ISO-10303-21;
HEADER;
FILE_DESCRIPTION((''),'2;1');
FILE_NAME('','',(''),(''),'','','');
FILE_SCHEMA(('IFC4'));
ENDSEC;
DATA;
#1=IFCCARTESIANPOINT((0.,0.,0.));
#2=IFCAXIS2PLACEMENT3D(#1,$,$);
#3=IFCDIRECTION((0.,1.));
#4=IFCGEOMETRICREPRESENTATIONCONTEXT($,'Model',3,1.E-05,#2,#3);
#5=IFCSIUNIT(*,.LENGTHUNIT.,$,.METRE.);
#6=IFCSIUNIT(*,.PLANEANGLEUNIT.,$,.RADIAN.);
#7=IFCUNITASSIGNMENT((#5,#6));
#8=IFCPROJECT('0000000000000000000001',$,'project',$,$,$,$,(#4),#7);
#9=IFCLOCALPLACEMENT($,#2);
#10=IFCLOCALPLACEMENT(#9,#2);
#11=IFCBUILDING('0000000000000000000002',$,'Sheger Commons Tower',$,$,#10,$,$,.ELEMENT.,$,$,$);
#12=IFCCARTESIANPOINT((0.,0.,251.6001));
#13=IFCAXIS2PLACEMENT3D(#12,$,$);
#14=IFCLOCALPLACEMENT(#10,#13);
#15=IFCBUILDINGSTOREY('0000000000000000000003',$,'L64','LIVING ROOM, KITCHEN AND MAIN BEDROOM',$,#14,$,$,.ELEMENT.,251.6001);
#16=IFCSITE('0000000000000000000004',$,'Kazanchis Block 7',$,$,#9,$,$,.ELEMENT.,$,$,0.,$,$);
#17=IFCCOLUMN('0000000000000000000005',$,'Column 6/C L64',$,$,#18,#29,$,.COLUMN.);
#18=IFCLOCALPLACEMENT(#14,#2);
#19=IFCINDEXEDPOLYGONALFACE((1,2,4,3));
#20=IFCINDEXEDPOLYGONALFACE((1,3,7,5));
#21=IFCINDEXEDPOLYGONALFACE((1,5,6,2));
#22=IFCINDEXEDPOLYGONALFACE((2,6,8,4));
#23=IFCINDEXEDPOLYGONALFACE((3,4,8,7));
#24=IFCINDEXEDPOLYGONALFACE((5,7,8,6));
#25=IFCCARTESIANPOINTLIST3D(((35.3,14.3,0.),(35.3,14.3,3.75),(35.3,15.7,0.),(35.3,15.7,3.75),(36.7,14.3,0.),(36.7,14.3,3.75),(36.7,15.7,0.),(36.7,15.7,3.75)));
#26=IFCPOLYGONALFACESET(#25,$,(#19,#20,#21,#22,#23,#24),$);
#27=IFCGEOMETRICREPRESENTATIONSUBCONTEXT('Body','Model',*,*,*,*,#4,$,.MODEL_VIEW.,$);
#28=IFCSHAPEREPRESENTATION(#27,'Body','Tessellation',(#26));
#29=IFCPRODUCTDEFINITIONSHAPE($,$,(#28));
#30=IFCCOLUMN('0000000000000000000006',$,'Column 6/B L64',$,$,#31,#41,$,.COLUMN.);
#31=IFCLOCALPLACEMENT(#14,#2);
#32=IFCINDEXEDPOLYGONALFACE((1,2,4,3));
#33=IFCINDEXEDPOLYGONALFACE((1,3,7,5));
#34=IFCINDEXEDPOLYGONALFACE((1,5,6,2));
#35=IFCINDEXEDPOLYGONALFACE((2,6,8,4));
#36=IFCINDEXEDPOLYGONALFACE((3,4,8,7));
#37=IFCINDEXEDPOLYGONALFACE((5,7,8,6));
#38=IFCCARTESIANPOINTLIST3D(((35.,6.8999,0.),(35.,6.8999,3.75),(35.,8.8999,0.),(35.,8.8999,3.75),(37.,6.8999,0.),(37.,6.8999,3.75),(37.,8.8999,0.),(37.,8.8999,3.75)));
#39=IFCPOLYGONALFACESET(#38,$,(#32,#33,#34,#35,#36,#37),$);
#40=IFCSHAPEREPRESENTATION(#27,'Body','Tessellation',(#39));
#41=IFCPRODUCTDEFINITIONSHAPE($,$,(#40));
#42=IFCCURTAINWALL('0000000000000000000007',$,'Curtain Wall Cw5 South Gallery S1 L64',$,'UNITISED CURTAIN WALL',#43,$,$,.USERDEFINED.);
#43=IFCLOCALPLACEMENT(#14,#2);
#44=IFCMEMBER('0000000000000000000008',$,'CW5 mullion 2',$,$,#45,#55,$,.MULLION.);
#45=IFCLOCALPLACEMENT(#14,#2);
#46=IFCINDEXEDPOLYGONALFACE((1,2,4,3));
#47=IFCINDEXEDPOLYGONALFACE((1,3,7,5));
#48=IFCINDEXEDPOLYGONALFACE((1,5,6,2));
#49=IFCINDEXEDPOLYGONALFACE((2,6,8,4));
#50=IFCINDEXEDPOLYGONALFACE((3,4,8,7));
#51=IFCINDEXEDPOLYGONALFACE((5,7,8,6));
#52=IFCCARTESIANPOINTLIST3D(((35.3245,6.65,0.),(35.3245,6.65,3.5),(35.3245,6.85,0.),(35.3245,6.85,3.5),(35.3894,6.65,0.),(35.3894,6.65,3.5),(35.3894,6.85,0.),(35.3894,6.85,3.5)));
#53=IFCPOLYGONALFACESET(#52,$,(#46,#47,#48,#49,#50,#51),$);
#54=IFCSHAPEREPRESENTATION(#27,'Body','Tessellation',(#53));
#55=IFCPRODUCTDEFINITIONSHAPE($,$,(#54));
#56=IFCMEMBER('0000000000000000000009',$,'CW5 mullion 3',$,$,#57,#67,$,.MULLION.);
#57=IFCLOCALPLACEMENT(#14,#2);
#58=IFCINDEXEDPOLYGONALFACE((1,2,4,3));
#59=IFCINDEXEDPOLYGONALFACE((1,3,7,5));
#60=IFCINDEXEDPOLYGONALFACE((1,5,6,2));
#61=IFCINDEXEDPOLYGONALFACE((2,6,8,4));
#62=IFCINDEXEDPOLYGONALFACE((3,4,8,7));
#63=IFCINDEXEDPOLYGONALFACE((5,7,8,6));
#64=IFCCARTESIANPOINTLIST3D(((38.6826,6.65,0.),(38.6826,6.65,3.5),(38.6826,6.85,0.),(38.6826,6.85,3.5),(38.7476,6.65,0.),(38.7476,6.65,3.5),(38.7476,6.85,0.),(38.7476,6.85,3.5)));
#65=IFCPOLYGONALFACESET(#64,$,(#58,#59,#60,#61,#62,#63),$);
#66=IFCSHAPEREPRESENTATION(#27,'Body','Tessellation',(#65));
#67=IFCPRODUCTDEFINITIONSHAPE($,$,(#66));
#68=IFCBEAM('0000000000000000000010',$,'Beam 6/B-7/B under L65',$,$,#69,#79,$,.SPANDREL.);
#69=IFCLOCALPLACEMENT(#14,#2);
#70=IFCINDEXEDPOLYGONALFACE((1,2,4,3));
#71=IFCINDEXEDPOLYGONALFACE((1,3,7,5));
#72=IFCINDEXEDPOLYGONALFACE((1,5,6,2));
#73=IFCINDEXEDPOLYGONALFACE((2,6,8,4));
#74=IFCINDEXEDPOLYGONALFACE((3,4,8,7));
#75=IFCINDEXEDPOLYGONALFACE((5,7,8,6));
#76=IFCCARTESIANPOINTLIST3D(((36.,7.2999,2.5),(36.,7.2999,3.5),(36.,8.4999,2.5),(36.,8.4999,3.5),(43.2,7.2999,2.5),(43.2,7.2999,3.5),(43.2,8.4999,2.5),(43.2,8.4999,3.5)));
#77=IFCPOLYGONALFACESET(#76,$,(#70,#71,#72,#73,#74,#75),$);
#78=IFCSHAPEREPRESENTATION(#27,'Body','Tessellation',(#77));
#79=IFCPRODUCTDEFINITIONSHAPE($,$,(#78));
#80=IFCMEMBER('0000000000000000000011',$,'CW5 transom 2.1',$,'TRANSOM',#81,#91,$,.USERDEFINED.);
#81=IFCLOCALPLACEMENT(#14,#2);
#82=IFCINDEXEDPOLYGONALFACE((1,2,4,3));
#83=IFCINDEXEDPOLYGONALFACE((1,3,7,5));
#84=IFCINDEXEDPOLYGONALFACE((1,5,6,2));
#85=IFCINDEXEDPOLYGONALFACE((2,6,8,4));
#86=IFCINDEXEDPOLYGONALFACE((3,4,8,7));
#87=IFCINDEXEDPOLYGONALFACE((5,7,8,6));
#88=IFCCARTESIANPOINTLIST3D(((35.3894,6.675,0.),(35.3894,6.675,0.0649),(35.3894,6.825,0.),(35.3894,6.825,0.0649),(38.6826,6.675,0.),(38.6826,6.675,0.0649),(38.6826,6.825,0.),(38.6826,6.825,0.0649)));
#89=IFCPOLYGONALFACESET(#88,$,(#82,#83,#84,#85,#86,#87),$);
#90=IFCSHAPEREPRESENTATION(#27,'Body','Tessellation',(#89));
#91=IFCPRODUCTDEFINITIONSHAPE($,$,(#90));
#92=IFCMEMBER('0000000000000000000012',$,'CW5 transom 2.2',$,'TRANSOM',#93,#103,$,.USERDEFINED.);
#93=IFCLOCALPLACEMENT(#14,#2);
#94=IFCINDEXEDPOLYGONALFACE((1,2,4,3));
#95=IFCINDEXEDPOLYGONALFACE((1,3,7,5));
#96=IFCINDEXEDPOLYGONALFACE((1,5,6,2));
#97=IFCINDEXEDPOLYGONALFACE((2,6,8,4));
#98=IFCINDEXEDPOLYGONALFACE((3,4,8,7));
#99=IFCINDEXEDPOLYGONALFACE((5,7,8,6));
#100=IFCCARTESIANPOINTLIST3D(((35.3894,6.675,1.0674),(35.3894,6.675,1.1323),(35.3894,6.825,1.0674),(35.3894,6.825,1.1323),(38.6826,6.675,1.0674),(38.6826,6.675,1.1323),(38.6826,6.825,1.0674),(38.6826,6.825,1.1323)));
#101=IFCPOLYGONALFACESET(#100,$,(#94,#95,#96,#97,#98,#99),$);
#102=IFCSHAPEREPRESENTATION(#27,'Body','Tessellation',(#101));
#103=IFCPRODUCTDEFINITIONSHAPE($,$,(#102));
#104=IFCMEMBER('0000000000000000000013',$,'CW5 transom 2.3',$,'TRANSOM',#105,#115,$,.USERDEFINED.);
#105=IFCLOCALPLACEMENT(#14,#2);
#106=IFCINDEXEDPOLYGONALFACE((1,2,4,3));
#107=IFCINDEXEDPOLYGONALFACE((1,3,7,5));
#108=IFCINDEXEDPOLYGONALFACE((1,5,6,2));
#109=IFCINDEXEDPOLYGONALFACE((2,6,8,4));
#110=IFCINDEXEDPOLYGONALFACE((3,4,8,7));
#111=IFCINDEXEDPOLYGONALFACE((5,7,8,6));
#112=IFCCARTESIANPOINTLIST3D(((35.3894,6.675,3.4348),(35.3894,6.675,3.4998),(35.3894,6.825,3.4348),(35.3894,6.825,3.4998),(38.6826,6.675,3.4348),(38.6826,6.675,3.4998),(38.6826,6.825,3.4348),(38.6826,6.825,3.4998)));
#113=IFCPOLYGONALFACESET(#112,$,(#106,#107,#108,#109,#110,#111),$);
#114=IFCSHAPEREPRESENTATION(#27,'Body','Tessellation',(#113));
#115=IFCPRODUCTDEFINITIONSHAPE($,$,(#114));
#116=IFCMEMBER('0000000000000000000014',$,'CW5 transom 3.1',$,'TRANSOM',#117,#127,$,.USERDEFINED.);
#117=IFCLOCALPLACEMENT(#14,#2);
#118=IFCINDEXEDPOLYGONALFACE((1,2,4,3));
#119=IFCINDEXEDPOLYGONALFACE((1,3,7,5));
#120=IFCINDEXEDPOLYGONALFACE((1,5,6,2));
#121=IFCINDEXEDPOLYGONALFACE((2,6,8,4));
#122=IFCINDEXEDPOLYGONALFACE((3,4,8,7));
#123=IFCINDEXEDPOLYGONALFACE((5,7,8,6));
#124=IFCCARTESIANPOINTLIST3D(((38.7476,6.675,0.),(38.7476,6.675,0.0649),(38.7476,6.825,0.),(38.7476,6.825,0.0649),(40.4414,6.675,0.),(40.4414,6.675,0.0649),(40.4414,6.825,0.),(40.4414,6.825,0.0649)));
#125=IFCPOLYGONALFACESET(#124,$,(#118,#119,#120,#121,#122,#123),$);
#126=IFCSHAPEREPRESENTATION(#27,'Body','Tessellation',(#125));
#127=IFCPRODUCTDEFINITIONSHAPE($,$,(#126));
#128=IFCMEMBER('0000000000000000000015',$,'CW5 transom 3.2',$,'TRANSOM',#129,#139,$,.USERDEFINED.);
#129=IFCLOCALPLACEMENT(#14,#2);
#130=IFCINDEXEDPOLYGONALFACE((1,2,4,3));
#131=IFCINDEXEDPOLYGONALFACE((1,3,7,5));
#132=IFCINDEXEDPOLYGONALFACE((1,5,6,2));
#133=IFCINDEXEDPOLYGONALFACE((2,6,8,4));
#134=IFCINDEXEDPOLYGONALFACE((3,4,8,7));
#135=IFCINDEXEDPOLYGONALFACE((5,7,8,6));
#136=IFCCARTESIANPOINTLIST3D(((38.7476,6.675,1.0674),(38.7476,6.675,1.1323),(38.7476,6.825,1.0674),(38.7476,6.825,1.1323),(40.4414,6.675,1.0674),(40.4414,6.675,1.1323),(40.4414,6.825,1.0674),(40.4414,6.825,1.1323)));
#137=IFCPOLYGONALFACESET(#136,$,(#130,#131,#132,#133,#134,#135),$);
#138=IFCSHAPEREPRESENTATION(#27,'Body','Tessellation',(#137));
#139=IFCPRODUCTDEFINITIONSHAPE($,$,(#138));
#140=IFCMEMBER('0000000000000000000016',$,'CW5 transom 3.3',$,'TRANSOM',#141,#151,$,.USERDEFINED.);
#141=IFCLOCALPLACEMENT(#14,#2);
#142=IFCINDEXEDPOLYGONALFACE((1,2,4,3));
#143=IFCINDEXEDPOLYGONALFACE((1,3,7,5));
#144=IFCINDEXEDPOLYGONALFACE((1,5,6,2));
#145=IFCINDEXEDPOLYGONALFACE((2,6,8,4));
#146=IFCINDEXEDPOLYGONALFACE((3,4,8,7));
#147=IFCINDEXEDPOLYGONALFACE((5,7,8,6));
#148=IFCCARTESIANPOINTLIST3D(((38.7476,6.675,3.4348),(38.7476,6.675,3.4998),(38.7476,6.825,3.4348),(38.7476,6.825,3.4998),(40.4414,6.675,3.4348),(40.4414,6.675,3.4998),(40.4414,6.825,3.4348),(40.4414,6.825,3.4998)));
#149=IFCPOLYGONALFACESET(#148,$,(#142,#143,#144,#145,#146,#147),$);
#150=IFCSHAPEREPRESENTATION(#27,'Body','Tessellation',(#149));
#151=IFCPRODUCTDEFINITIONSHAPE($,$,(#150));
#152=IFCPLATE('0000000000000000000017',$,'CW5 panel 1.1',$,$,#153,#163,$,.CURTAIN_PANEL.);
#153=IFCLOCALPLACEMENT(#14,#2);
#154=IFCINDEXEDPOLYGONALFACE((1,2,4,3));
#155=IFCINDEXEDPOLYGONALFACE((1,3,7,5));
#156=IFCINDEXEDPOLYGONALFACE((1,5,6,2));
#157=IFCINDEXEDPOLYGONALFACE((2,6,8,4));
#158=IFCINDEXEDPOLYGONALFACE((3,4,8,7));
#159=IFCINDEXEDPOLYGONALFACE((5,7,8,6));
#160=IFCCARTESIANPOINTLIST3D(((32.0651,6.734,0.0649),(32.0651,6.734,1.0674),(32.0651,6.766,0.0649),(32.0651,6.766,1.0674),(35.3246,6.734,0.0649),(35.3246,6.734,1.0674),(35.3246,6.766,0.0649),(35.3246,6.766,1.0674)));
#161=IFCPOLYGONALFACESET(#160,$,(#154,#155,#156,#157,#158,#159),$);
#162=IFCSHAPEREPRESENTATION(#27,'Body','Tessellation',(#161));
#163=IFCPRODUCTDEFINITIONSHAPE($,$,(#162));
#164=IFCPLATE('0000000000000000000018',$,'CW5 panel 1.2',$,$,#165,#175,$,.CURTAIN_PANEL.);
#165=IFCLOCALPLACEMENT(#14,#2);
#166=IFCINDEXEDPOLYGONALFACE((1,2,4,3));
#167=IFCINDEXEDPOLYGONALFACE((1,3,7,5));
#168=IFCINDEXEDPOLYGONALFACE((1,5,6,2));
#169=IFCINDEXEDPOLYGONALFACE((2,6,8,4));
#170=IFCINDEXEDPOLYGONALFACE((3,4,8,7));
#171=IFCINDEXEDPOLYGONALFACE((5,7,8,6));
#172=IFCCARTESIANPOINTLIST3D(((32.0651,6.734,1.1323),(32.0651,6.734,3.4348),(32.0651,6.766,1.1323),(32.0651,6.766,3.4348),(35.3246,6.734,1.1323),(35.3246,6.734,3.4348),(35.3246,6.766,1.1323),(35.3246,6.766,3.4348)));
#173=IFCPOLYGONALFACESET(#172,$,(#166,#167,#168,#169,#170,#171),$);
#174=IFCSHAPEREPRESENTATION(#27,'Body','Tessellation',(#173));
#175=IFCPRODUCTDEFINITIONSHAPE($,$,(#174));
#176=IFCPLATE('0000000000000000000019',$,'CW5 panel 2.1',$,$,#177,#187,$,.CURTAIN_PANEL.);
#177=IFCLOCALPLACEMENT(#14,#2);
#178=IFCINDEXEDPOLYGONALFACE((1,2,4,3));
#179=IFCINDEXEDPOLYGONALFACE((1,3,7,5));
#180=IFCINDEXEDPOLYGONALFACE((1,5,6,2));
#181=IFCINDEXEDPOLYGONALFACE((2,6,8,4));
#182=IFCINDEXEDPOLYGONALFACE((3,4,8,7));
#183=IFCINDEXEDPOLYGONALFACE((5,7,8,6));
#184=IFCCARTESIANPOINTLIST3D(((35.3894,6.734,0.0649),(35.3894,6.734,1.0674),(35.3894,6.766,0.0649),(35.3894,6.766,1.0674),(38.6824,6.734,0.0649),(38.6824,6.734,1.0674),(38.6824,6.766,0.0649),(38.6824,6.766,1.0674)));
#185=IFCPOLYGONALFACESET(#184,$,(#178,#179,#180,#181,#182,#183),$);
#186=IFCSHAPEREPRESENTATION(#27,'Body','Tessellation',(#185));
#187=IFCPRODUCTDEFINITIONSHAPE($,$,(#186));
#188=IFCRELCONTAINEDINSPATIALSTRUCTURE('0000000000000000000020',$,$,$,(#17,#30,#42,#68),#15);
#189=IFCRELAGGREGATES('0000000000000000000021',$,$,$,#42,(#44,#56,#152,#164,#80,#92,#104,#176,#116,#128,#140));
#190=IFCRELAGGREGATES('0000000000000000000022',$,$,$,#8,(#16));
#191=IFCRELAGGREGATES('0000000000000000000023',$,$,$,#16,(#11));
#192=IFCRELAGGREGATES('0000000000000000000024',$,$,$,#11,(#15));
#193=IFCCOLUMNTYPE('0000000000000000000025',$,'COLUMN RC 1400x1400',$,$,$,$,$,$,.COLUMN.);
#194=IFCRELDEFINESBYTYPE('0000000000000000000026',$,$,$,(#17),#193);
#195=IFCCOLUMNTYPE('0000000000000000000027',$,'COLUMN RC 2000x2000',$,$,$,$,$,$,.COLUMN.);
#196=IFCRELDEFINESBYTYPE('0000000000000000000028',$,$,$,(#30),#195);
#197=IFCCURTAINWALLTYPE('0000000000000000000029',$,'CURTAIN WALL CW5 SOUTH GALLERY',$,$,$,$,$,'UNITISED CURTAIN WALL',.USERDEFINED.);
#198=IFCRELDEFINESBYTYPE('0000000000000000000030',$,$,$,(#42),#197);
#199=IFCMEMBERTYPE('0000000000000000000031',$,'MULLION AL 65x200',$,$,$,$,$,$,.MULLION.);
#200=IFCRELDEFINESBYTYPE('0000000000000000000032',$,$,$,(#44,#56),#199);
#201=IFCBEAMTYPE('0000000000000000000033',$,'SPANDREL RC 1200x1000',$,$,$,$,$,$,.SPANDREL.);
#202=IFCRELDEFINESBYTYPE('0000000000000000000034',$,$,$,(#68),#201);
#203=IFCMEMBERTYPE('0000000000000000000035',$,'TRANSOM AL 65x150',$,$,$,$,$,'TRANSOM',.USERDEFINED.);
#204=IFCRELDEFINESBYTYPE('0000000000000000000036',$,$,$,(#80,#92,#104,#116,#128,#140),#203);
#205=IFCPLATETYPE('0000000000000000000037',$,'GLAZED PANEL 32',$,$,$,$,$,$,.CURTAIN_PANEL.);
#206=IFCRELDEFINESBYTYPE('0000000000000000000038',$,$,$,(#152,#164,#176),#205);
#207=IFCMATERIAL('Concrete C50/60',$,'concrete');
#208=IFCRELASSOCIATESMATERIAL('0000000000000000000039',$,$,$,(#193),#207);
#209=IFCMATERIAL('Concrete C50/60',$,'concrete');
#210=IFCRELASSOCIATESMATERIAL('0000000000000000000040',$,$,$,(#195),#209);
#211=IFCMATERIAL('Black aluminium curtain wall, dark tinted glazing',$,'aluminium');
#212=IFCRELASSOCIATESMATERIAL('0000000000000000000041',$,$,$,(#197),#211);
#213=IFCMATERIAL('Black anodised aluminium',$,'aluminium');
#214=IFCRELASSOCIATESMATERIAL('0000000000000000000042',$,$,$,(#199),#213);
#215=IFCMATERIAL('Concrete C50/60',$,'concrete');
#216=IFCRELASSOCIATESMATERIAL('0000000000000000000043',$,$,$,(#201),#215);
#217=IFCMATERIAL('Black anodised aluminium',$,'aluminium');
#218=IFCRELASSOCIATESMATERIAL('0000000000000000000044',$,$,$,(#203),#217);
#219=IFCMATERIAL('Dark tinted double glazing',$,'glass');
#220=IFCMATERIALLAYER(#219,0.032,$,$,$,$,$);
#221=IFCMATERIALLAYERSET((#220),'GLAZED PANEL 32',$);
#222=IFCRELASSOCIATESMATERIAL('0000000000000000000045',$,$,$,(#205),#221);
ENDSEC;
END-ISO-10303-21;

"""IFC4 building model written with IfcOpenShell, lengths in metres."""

from ifc_helpers import new_model, si_unit, direction, frame, origin, origin_2d, place, context, subcontext, project, spatial, rectangle, extrude, material, layer, layer_set, material_profile, profile_set, type_object, element, aggregate, save


model = new_model("IFC4")

# Units and contexts
model_context = context("Model", 3, precision=1e-05, world=origin(), true_north=direction((0.0, 1.0)))
body_context = subcontext(model_context, "Body", "Model", "MODEL_VIEW")
ifc_project = project(units=[si_unit("LENGTHUNIT", "METRE"), si_unit("PLANEANGLEUNIT", "RADIAN")], contexts=[model_context])

# Site, building, storey
site_placement = place(None, origin())
site = spatial("IfcSite", under=ifc_project, at=site_placement, Name="Kazanchis Block 7", CompositionType="ELEMENT", RefElevation=0.0)
building_placement = place(site_placement, origin())
building = spatial("IfcBuilding", under=site, at=building_placement, Name="Sheger Commons Tower", CompositionType="ELEMENT")
storey_placement = place(building_placement, frame((0.0, 0.0, 251.6001)))
storey = spatial("IfcBuildingStorey", under=building, at=storey_placement, Name="L64", Description="LIVING ROOM, KITCHEN AND MAIN BEDROOM", CompositionType="ELEMENT", Elevation=251.6001)

# Columns
ifc_material_1 = material(Name="Concrete C50/60", Category="concrete")
ifc_material_profile_1 = material_profile(ifc_material_1, rectangle(XDim=1.3999, YDim=1.3999, at=origin_2d()), Name="RC 1400x1400")
ifc_profile_set_1 = profile_set([ifc_material_profile_1], Name="Concrete C50/60")
column_type_1 = type_object("IfcColumnType", Name="COLUMN RC 1400x1400", PredefinedType="COLUMN", material=ifc_profile_set_1)
column_1_placement = place(storey_placement, frame((36.0, 15.0, 0.0), z_axis=(0.0, 0.0, 1.0), x_axis=(1.0, 0.0, 0.0)))
element("IfcColumn", 1, at=column_1_placement, inside=storey, type_object=column_type_1, Name="Column 6/C L64", PredefinedType="COLUMN", context=body_context, shape_type="SweptSolid", body=[
    extrude(rectangle(XDim=1.3999, YDim=1.3999, at=origin_2d()), origin(), (0.0, 0.0, 1.0), 3.75),
])
ifc_material_2 = material(Name="Concrete C50/60", Category="concrete")
ifc_material_profile_2 = material_profile(ifc_material_2, rectangle(XDim=2.0, YDim=2.0, at=origin_2d()), Name="RC 2000x2000")
ifc_profile_set_2 = profile_set([ifc_material_profile_2], Name="Concrete C50/60")
column_type_2 = type_object("IfcColumnType", Name="COLUMN RC 2000x2000", PredefinedType="COLUMN", material=ifc_profile_set_2)
column_2_placement = place(storey_placement, frame((36.0, 7.8999, 0.0), z_axis=(0.0, 0.0, 1.0), x_axis=(1.0, 0.0, 0.0)))
element("IfcColumn", 2, at=column_2_placement, inside=storey, type_object=column_type_2, Name="Column 6/B L64", PredefinedType="COLUMN", context=body_context, shape_type="SweptSolid", body=[
    extrude(rectangle(XDim=2.0, YDim=2.0, at=origin_2d()), origin(), (0.0, 0.0, 1.0), 3.75),
])

# Curtain wall, members
ifc_material_3 = material(Name="Black aluminium curtain wall, dark tinted glazing", Category="aluminium")
curtain_wall_type = type_object("IfcCurtainWallType", Name="CURTAIN WALL CW5 SOUTH GALLERY", ElementType="UNITISED CURTAIN WALL", PredefinedType="USERDEFINED", material=ifc_material_3)
curtain_wall_placement = place(storey_placement, origin())
curtain_wall = element("IfcCurtainWall", 3, at=curtain_wall_placement, inside=storey, type_object=curtain_wall_type, Name="Curtain Wall Cw5 South Gallery S1 L64", ObjectType="UNITISED CURTAIN WALL", PredefinedType="USERDEFINED")
ifc_material_4 = material(Name="Black anodised aluminium", Category="aluminium")
ifc_material_profile_3 = material_profile(ifc_material_4, rectangle(XDim=0.2, YDim=0.0649, at=origin_2d()), Name="AL 65x200")
ifc_profile_set_3 = profile_set([ifc_material_profile_3], Name="Black anodised aluminium")
member_type_1 = type_object("IfcMemberType", Name="MULLION AL 65x200", PredefinedType="MULLION", material=ifc_profile_set_3)
member_1_placement = place(storey_placement, frame((35.3569, 6.75, 0.0), z_axis=(0.0, 0.0, 1.0), x_axis=(0.0, 1.0, 0.0)))
member_1 = element("IfcMember", 4, at=member_1_placement, type_object=member_type_1, Name="CW5 mullion 2", PredefinedType="MULLION", context=body_context, shape_type="SweptSolid", body=[
    extrude(rectangle(XDim=0.2, YDim=0.0649, at=origin_2d()), origin(), (0.0, 0.0, 1.0), 3.5),
])
member_2_placement = place(storey_placement, frame((38.7151, 6.75, 0.0), z_axis=(0.0, 0.0, 1.0), x_axis=(0.0, 1.0, 0.0)))
member_2 = element("IfcMember", 5, at=member_2_placement, type_object=member_type_1, Name="CW5 mullion 3", PredefinedType="MULLION", context=body_context, shape_type="SweptSolid", body=[
    extrude(rectangle(XDim=0.2, YDim=0.0649, at=origin_2d()), origin(), (0.0, 0.0, 1.0), 3.5),
])

# Beam
ifc_material_5 = material(Name="Concrete C50/60", Category="concrete")
ifc_material_profile_4 = material_profile(ifc_material_5, rectangle(XDim=1.2, YDim=1.0, at=origin_2d()), Name="RC 1200x1000")
ifc_profile_set_4 = profile_set([ifc_material_profile_4], Name="Concrete C50/60")
beam_type = type_object("IfcBeamType", Name="SPANDREL RC 1200x1000", PredefinedType="SPANDREL", material=ifc_profile_set_4)
beam_placement = place(storey_placement, frame((36.0, 7.8999, 3.0), z_axis=(1.0, 0.0, 0.0), x_axis=(0.0, 1.0, 0.0)))
element("IfcBeam", 6, at=beam_placement, inside=storey, type_object=beam_type, Name="Beam 6/B-7/B under L65", PredefinedType="SPANDREL", context=body_context, shape_type="SweptSolid", body=[
    extrude(rectangle(XDim=1.2, YDim=1.0, at=origin_2d()), origin(), (0.0, 0.0, 1.0), 7.2),
])

# Members
ifc_material_6 = material(Name="Black anodised aluminium", Category="aluminium")
ifc_material_profile_5 = material_profile(ifc_material_6, rectangle(XDim=0.1499, YDim=0.0649, at=origin_2d()), Name="AL 65x150")
ifc_profile_set_5 = profile_set([ifc_material_profile_5], Name="Black anodised aluminium")
member_type_2 = type_object("IfcMemberType", Name="TRANSOM AL 65x150", ElementType="TRANSOM", PredefinedType="USERDEFINED", material=ifc_profile_set_5)
member_3_placement = place(storey_placement, frame((35.3894, 6.75, 0.0325), z_axis=(1.0, 0.0, 0.0), x_axis=(0.0, 1.0, 0.0)))
member_3 = element("IfcMember", 7, at=member_3_placement, type_object=member_type_2, Name="CW5 transom 2.1", ObjectType="TRANSOM", PredefinedType="USERDEFINED", context=body_context, shape_type="SweptSolid", body=[
    extrude(rectangle(XDim=0.1499, YDim=0.0649, at=origin_2d()), origin(), (0.0, 0.0, 1.0), 3.2932),
])
member_4_placement = place(storey_placement, frame((35.3894, 6.75, 1.0999), z_axis=(1.0, 0.0, 0.0), x_axis=(0.0, 1.0, 0.0)))
member_4 = element("IfcMember", 8, at=member_4_placement, type_object=member_type_2, Name="CW5 transom 2.2", ObjectType="TRANSOM", PredefinedType="USERDEFINED", context=body_context, shape_type="SweptSolid", body=[
    extrude(rectangle(XDim=0.1499, YDim=0.0649, at=origin_2d()), origin(), (0.0, 0.0, 1.0), 3.2932),
])
member_5_placement = place(storey_placement, frame((35.3894, 6.75, 3.4673), z_axis=(1.0, 0.0, 0.0), x_axis=(0.0, 1.0, 0.0)))
member_5 = element("IfcMember", 9, at=member_5_placement, type_object=member_type_2, Name="CW5 transom 2.3", ObjectType="TRANSOM", PredefinedType="USERDEFINED", context=body_context, shape_type="SweptSolid", body=[
    extrude(rectangle(XDim=0.1499, YDim=0.0649, at=origin_2d()), origin(), (0.0, 0.0, 1.0), 3.2932),
])
member_6_placement = place(storey_placement, frame((38.7476, 6.75, 0.0325), z_axis=(1.0, 0.0, 0.0), x_axis=(0.0, 1.0, 0.0)))
member_6 = element("IfcMember", 10, at=member_6_placement, type_object=member_type_2, Name="CW5 transom 3.1", ObjectType="TRANSOM", PredefinedType="USERDEFINED", context=body_context, shape_type="SweptSolid", body=[
    extrude(rectangle(XDim=0.1499, YDim=0.0649, at=origin_2d()), origin(), (0.0, 0.0, 1.0), 1.6938),
])
member_7_placement = place(storey_placement, frame((38.7476, 6.75, 1.0999), z_axis=(1.0, 0.0, 0.0), x_axis=(0.0, 1.0, 0.0)))
member_7 = element("IfcMember", 11, at=member_7_placement, type_object=member_type_2, Name="CW5 transom 3.2", ObjectType="TRANSOM", PredefinedType="USERDEFINED", context=body_context, shape_type="SweptSolid", body=[
    extrude(rectangle(XDim=0.1499, YDim=0.0649, at=origin_2d()), origin(), (0.0, 0.0, 1.0), 1.6938),
])
member_8_placement = place(storey_placement, frame((38.7476, 6.75, 3.4673), z_axis=(1.0, 0.0, 0.0), x_axis=(0.0, 1.0, 0.0)))
member_8 = element("IfcMember", 12, at=member_8_placement, type_object=member_type_2, Name="CW5 transom 3.3", ObjectType="TRANSOM", PredefinedType="USERDEFINED", context=body_context, shape_type="SweptSolid", body=[
    extrude(rectangle(XDim=0.1499, YDim=0.0649, at=origin_2d()), origin(), (0.0, 0.0, 1.0), 1.6938),
])

# Plates
ifc_material_7 = material(Name="Dark tinted double glazing", Category="glass")
ifc_layer_1 = layer(ifc_material_7, 0.032)
ifc_layer_set_1 = layer_set([ifc_layer_1], Name="GLAZED PANEL 32")
plate_type = type_object("IfcPlateType", Name="GLAZED PANEL 32", PredefinedType="CURTAIN_PANEL", material=ifc_layer_set_1)
plate_1_placement = place(storey_placement, frame((33.6948, 6.75, 0.0649), z_axis=(0.0, 0.0, 1.0), x_axis=(1.0, 0.0, 0.0)))
plate_1 = element("IfcPlate", 13, at=plate_1_placement, type_object=plate_type, Name="CW5 panel 1.1", PredefinedType="CURTAIN_PANEL", context=body_context, shape_type="SweptSolid", body=[
    extrude(rectangle(XDim=3.2595, YDim=0.032, at=origin_2d()), origin(), (0.0, 0.0, 1.0), 1.0024),
])
plate_2_placement = place(storey_placement, frame((33.6948, 6.75, 1.1323), z_axis=(0.0, 0.0, 1.0), x_axis=(1.0, 0.0, 0.0)))
plate_2 = element("IfcPlate", 14, at=plate_2_placement, type_object=plate_type, Name="CW5 panel 1.2", PredefinedType="CURTAIN_PANEL", context=body_context, shape_type="SweptSolid", body=[
    extrude(rectangle(XDim=3.2595, YDim=0.032, at=origin_2d()), origin(), (0.0, 0.0, 1.0), 2.3025),
])
plate_3_placement = place(storey_placement, frame((37.0359, 6.75, 0.0649), z_axis=(0.0, 0.0, 1.0), x_axis=(1.0, 0.0, 0.0)))
plate_3 = element("IfcPlate", 15, at=plate_3_placement, type_object=plate_type, Name="CW5 panel 2.1", PredefinedType="CURTAIN_PANEL", context=body_context, shape_type="SweptSolid", body=[
    extrude(rectangle(XDim=3.293, YDim=0.032, at=origin_2d()), origin(), (0.0, 0.0, 1.0), 1.0024),
])
aggregate(curtain_wall, [member_1, member_2, plate_1, plate_2, member_3, member_4, member_5, plate_3, member_6, member_7, member_8])

save(model, "model.ifc")
